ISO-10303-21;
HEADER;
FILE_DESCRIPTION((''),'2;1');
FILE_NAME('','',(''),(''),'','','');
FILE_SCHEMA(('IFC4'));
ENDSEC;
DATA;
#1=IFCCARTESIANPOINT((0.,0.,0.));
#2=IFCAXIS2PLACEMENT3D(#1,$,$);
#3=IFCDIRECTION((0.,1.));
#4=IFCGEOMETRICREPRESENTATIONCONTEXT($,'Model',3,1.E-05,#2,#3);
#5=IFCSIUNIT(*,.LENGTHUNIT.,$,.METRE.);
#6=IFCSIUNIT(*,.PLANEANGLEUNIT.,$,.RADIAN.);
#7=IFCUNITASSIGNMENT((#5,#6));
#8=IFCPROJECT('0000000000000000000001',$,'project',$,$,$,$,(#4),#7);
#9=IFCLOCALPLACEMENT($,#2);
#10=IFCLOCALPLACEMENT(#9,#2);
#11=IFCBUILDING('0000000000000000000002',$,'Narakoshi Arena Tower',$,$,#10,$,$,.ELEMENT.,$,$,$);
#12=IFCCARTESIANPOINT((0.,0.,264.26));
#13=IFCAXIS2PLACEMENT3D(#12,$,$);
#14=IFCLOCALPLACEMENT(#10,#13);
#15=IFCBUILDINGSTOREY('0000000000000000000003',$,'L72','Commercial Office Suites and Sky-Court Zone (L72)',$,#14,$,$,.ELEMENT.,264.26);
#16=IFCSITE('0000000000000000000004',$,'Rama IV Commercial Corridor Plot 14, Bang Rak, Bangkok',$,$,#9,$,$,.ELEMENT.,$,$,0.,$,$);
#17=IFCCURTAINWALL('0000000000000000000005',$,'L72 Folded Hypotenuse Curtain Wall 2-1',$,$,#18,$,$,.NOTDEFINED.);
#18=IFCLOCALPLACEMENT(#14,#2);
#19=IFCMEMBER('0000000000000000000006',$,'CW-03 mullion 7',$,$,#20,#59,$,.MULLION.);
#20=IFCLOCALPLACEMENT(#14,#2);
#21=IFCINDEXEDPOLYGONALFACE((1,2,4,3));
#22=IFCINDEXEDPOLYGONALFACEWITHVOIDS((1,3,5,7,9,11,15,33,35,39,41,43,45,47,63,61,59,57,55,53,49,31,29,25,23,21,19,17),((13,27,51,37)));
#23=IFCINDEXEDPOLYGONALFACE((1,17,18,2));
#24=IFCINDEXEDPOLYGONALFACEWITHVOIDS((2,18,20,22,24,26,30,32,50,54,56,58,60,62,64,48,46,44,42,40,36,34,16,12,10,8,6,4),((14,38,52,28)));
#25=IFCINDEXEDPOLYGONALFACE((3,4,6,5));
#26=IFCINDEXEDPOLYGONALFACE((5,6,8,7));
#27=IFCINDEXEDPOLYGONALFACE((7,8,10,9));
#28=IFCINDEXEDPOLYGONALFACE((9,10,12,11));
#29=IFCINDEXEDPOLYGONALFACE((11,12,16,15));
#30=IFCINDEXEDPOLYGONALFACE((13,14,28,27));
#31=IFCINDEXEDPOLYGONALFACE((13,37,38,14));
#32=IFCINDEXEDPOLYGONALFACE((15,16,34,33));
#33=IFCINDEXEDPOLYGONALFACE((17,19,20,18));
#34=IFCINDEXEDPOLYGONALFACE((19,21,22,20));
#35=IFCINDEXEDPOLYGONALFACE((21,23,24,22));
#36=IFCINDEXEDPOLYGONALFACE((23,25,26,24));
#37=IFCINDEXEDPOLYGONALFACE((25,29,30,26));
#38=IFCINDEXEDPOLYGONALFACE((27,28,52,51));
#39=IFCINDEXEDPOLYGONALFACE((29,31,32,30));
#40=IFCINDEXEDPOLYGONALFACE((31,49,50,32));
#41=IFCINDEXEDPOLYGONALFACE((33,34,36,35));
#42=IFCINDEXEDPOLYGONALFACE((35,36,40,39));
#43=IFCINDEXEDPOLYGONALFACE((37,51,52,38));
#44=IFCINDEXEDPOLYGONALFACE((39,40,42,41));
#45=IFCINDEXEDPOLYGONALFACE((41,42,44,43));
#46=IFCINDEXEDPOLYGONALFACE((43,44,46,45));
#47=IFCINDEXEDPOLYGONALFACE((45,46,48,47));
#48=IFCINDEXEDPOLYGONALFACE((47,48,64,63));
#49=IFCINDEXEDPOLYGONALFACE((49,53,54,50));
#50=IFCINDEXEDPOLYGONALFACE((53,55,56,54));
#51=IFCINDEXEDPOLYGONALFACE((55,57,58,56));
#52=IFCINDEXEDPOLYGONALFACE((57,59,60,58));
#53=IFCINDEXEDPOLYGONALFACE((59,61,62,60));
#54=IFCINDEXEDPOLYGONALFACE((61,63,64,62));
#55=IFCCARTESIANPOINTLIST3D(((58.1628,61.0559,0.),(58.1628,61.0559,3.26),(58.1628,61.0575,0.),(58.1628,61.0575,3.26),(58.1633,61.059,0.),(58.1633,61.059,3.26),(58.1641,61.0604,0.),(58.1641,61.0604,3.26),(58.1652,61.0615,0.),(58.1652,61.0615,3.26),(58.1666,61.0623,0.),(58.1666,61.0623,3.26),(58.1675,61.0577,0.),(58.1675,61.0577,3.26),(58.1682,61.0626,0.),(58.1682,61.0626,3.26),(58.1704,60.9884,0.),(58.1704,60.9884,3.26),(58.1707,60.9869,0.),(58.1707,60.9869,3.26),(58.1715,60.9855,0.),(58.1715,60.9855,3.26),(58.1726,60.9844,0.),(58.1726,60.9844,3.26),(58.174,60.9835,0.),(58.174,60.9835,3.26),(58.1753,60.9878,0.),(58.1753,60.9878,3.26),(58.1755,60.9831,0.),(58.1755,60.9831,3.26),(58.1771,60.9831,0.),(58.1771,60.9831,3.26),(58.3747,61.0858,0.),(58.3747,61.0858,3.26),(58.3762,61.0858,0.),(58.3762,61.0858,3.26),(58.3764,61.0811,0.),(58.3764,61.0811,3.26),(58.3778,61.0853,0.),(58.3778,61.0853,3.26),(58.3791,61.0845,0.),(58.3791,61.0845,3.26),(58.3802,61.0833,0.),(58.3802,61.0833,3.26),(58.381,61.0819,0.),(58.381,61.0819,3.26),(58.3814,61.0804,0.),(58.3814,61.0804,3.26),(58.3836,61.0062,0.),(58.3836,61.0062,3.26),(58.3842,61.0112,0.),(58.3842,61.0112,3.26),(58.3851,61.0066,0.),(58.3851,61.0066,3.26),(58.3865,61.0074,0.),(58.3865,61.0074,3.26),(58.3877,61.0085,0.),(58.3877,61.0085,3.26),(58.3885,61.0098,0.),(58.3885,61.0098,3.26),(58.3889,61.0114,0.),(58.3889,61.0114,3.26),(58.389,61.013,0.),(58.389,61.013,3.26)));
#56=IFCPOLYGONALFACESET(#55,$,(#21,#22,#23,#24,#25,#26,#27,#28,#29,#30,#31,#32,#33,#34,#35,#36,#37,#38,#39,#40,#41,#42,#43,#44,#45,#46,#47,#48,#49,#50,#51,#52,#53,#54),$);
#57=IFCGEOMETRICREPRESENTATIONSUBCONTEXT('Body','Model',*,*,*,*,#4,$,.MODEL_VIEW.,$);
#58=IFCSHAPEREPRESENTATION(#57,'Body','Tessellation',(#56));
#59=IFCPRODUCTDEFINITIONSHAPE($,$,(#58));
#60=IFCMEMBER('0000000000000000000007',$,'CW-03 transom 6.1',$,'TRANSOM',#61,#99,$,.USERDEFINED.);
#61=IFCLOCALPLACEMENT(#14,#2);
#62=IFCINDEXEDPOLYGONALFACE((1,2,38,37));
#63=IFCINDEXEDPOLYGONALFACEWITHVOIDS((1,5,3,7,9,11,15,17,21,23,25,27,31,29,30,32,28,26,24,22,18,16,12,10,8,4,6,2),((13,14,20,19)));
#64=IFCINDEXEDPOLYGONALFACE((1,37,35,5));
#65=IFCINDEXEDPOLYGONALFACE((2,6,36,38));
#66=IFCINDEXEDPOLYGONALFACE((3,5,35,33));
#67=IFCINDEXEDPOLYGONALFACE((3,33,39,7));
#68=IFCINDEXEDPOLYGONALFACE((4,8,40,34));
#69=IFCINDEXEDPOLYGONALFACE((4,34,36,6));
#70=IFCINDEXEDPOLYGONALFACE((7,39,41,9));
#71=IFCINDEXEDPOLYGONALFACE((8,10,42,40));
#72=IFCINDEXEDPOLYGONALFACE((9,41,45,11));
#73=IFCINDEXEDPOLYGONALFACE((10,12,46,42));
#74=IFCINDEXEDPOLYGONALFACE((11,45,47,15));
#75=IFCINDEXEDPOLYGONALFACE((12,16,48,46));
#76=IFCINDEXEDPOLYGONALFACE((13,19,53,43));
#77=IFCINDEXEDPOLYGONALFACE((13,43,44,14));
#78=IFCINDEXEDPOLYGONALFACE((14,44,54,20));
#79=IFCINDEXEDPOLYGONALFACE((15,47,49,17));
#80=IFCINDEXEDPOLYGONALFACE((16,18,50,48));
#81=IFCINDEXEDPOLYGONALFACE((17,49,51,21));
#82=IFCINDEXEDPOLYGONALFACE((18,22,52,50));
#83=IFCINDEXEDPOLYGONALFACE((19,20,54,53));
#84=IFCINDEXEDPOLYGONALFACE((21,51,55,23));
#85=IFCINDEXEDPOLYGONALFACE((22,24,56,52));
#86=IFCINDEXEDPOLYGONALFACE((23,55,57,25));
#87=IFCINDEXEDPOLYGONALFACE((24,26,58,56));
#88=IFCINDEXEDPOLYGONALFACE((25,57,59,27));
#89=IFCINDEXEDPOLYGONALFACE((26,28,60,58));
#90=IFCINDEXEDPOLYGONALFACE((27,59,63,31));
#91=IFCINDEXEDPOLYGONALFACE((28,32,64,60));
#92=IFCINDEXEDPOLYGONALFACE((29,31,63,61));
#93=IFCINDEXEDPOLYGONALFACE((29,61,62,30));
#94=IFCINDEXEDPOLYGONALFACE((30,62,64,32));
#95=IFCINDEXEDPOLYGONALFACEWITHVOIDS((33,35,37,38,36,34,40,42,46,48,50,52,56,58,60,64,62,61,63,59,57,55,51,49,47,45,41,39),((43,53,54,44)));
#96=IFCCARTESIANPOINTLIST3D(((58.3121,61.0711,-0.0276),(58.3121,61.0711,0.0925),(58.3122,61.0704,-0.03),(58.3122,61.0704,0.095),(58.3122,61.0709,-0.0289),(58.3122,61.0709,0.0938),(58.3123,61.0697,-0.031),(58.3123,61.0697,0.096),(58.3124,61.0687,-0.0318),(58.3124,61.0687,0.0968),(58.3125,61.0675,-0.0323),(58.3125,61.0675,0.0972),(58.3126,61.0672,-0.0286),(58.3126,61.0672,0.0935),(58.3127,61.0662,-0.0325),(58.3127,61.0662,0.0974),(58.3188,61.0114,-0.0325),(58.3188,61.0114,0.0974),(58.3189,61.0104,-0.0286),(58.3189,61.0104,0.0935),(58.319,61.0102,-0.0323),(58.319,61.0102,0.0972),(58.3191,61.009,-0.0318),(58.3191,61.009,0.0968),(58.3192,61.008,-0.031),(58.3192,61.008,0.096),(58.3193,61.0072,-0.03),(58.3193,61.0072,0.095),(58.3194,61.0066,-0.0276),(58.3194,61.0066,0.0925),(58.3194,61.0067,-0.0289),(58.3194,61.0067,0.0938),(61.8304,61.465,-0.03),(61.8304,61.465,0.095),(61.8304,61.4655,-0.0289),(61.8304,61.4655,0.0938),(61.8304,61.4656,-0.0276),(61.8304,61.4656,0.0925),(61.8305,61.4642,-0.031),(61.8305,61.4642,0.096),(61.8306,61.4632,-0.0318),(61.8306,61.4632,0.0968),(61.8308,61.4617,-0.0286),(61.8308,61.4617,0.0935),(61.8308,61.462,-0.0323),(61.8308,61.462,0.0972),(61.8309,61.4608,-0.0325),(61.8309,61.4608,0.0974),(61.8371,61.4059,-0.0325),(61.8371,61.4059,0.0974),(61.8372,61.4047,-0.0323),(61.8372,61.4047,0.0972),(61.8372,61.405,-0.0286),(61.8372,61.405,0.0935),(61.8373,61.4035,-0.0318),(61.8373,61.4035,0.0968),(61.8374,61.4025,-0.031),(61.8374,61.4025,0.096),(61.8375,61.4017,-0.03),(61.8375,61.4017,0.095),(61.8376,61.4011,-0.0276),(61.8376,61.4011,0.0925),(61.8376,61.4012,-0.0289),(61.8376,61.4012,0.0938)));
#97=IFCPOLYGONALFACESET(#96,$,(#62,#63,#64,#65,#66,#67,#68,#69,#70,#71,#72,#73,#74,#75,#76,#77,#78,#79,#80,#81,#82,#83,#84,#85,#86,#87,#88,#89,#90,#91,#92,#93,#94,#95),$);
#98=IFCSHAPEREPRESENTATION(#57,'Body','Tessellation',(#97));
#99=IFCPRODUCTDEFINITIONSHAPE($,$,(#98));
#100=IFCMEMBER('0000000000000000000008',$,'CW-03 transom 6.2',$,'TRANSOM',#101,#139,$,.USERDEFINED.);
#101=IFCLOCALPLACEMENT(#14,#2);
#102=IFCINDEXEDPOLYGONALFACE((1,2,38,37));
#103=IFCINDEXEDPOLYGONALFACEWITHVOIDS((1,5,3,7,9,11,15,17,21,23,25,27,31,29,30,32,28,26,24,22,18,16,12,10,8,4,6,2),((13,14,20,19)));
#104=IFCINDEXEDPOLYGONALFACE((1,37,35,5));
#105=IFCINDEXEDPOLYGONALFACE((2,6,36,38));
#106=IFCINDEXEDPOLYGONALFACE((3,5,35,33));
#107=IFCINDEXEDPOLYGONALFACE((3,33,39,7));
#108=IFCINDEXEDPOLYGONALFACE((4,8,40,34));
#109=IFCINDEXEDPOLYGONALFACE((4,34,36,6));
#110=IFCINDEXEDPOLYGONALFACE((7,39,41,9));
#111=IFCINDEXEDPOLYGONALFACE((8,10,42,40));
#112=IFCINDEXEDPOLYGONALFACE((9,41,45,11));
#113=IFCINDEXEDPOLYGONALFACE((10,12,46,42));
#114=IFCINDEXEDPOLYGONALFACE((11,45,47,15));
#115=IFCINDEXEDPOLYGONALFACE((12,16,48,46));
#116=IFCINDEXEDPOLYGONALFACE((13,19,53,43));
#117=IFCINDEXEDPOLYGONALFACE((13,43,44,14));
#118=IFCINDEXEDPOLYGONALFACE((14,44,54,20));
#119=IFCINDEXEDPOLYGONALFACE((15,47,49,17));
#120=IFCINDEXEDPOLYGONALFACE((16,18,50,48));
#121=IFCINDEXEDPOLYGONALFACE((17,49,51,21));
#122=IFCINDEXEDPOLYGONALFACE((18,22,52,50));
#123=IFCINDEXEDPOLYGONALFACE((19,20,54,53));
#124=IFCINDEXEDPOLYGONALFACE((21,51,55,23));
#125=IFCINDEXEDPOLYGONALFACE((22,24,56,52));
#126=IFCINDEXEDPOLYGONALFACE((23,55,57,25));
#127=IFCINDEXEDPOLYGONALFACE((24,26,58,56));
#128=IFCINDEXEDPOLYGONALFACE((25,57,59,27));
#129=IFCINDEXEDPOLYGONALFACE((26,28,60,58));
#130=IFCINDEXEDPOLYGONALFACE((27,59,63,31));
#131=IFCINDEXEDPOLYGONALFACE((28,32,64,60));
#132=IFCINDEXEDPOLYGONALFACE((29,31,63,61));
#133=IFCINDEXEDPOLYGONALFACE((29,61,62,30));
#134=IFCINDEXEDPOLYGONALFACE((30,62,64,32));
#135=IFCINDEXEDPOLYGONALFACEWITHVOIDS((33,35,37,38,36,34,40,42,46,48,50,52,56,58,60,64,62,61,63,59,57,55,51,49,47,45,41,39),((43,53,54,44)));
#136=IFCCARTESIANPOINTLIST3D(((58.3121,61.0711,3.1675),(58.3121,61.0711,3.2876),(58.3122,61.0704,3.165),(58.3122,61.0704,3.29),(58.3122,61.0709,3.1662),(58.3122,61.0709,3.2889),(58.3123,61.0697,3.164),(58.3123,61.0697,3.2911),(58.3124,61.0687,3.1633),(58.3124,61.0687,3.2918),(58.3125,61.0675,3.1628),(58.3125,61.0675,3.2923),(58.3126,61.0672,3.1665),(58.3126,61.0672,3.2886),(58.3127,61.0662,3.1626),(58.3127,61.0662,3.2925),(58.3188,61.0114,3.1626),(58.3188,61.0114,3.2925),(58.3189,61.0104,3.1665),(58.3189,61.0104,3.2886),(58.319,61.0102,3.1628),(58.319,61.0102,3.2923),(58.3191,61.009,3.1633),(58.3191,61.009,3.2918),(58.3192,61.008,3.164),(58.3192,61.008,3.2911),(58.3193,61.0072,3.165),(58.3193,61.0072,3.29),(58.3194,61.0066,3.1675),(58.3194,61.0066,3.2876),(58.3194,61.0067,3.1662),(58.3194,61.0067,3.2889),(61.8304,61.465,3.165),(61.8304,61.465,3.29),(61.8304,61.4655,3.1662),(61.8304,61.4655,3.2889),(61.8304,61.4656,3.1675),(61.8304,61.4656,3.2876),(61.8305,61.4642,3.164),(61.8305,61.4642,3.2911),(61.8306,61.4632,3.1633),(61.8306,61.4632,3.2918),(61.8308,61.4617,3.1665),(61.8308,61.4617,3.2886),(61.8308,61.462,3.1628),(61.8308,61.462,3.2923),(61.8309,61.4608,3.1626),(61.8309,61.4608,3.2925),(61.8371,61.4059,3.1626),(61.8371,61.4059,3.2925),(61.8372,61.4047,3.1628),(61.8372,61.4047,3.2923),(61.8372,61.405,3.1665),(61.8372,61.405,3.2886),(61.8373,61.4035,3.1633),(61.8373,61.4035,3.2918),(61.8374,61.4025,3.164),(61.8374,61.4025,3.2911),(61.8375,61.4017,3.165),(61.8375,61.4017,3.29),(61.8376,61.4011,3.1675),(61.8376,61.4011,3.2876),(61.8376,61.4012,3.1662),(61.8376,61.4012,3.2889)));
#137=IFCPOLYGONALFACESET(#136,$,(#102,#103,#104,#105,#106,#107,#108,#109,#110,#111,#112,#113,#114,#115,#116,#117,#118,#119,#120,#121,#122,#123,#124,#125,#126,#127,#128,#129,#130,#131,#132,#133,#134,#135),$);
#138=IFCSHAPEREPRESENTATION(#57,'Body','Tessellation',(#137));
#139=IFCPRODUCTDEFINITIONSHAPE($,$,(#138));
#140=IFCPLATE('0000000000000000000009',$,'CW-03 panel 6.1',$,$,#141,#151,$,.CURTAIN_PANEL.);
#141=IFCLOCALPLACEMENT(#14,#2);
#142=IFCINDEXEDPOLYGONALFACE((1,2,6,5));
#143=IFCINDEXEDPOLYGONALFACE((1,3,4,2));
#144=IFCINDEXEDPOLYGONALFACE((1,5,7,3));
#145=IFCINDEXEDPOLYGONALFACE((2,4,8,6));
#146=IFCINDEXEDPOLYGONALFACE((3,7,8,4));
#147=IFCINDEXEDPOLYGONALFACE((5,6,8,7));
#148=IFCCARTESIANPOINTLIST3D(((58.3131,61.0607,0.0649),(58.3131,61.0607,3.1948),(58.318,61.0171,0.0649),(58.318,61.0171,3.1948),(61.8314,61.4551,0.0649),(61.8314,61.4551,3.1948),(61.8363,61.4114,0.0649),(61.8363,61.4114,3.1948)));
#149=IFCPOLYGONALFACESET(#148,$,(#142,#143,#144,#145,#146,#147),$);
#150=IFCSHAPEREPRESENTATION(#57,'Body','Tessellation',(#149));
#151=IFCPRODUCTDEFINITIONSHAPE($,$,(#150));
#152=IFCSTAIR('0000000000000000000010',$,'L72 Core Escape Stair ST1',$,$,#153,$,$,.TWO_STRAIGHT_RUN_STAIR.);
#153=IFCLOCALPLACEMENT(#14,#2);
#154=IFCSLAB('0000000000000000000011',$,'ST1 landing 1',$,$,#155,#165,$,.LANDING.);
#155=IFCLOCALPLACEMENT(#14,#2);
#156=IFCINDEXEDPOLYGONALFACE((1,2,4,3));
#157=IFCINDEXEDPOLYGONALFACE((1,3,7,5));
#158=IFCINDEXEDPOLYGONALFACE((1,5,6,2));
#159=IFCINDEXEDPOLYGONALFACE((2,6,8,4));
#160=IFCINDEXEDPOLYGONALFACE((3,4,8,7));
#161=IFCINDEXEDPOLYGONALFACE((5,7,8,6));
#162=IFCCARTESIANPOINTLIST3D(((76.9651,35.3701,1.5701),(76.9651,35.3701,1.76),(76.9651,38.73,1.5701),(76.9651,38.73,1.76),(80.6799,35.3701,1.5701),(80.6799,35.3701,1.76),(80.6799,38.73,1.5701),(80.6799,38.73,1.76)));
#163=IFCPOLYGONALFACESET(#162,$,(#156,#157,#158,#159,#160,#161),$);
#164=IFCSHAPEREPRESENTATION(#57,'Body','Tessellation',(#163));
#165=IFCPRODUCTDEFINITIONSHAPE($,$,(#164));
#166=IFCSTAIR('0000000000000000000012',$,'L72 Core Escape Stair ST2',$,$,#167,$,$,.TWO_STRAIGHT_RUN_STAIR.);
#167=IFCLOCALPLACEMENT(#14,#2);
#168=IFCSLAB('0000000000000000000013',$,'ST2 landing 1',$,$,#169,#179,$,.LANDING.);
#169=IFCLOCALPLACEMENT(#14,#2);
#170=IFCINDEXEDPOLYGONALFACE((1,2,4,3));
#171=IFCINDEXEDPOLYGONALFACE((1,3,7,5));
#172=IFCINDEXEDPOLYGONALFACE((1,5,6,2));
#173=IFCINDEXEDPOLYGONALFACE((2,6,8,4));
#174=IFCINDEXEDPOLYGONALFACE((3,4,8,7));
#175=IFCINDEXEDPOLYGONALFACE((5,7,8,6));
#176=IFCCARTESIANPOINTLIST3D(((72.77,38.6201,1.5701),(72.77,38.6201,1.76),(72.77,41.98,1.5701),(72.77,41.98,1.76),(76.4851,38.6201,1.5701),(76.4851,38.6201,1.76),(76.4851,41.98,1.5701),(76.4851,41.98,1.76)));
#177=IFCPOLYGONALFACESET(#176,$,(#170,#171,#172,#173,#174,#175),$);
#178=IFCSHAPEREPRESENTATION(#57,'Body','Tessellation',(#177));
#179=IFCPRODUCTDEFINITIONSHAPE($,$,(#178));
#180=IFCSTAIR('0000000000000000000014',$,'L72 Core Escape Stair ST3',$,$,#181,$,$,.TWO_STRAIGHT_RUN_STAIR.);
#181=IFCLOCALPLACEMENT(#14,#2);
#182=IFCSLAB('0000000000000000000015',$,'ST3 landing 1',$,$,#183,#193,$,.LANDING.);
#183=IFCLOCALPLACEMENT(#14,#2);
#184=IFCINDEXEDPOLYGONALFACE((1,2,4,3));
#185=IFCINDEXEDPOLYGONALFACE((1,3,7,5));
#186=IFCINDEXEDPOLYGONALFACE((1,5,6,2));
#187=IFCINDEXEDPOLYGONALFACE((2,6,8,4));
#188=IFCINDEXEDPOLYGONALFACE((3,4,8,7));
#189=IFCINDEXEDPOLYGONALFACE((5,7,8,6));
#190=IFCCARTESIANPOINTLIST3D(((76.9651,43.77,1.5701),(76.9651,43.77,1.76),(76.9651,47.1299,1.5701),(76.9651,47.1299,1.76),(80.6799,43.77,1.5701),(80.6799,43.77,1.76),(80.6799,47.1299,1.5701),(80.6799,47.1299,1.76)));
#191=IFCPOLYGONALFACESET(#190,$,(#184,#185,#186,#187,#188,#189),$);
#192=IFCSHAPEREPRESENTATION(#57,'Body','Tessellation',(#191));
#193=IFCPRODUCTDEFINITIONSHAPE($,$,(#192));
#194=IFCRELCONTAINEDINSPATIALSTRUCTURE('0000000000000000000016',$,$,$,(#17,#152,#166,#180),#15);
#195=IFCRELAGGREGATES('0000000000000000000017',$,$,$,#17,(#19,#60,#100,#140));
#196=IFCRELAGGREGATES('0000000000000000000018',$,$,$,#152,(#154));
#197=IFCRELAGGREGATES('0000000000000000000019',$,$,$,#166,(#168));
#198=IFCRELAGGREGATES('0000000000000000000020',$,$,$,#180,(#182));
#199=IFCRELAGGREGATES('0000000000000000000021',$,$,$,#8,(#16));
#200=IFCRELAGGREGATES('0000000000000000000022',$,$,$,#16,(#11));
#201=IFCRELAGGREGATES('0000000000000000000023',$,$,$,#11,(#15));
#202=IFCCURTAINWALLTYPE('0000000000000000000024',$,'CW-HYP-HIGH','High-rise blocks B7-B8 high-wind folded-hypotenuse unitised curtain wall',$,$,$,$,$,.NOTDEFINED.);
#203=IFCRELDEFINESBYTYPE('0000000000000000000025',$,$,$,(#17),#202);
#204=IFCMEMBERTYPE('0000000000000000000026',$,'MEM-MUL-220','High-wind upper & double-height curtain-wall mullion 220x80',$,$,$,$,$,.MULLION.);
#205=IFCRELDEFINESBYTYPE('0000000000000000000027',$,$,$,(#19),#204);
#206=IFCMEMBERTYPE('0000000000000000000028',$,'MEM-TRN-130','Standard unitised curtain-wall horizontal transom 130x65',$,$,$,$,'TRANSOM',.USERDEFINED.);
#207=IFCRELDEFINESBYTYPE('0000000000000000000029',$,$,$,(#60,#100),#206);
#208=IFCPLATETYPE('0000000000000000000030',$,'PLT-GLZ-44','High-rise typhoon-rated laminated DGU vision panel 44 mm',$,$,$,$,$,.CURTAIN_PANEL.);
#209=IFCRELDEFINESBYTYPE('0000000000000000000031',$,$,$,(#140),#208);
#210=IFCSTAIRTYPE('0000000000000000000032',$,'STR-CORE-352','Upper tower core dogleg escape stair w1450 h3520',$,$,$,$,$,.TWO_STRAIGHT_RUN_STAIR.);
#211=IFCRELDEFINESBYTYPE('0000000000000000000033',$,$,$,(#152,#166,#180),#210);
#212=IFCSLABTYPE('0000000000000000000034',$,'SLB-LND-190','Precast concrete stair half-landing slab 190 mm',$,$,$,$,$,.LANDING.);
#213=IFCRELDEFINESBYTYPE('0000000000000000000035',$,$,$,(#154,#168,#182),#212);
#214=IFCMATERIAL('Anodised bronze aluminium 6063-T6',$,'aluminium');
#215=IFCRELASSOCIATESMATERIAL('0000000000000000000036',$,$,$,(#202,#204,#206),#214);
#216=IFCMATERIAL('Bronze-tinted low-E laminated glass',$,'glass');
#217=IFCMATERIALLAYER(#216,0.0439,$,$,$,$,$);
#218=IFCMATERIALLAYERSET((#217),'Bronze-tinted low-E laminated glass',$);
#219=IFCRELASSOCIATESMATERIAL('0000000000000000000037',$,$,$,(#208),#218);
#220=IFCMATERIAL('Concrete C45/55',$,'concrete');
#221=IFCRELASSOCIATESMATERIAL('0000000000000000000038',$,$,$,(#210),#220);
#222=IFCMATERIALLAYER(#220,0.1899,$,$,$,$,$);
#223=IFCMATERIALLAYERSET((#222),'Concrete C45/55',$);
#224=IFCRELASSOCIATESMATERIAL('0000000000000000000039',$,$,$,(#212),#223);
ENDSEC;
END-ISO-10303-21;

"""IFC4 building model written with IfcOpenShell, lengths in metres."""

from ifc_helpers import new_model, si_unit, direction, frame, origin, origin_2d, place, context, subcontext, project, spatial, polyline, rectangle, hollow_rectangle, outline, extrude, material, layer, layer_set, material_profile, profile_set, type_object, element, aggregate, save


model = new_model("IFC4")

# Units and contexts
model_context = context("Model", 3, precision=1e-05, world=origin(), true_north=direction((0.0, 1.0)))
body_context = subcontext(model_context, "Body", "Model", "MODEL_VIEW")
ifc_project = project(units=[si_unit("LENGTHUNIT", "METRE"), si_unit("PLANEANGLEUNIT", "RADIAN")], contexts=[model_context])

# Site, building, storey
site_placement = place(None, origin())
site = spatial("IfcSite", under=ifc_project, at=site_placement, Name="Rama IV Commercial Corridor Plot 14, Bang Rak, Bangkok", CompositionType="ELEMENT", RefElevation=0.0)
building_placement = place(site_placement, origin())
building = spatial("IfcBuilding", under=site, at=building_placement, Name="Narakoshi Arena Tower", CompositionType="ELEMENT")
storey_placement = place(building_placement, frame((0.0, 0.0, 264.26)))
storey = spatial("IfcBuildingStorey", under=building, at=storey_placement, Name="L72", Description="Commercial Office Suites and Sky-Court Zone (L72)", CompositionType="ELEMENT", Elevation=264.26)

# Curtain wall, members, plate
ifc_material_1 = material(Name="Anodised bronze aluminium 6063-T6", Category="aluminium")
curtain_wall_type = type_object("IfcCurtainWallType", Name="CW-HYP-HIGH", Description="High-rise blocks B7-B8 high-wind folded-hypotenuse unitised curtain wall", PredefinedType="NOTDEFINED", material=ifc_material_1)
curtain_wall_placement = place(storey_placement, origin())
curtain_wall = element("IfcCurtainWall", 1, at=curtain_wall_placement, inside=storey, type_object=curtain_wall_type, Name="L72 Folded Hypotenuse Curtain Wall 2-1", PredefinedType="NOTDEFINED")
ifc_material_profile_1 = material_profile(ifc_material_1, hollow_rectangle(XDim=0.0801, YDim=0.22, WallThickness=0.0049, OuterFilletRadius=0.0061, at=origin_2d()), Name="MUL220x80x5")
ifc_profile_set_1 = profile_set([ifc_material_profile_1], Name="Anodised bronze aluminium 6063-T6")
member_type_1 = type_object("IfcMemberType", Name="MEM-MUL-220", Description="High-wind upper & double-height curtain-wall mullion 220x80", PredefinedType="MULLION", material=ifc_profile_set_1)
member_1_placement = place(storey_placement, frame((58.2759, 61.0344, 0.0), z_axis=(0.0, 0.0, 1.0), x_axis=(0.111396, -0.993776, 0.0)))
member_1 = element("IfcMember", 2, at=member_1_placement, type_object=member_type_1, Name="CW-03 mullion 7", PredefinedType="MULLION", context=body_context, shape_type="SweptSolid", body=[
    extrude(hollow_rectangle(XDim=0.0801, YDim=0.22, WallThickness=0.0049, OuterFilletRadius=0.0061, at=origin_2d()), origin(), (0.0, 0.0, 1.0), 3.26),
])
ifc_material_profile_2 = material_profile(ifc_material_1, hollow_rectangle(XDim=0.0649, YDim=0.1299, WallThickness=0.0039, OuterFilletRadius=0.0049, at=origin_2d()), Name="TRN130x65x4")
ifc_profile_set_2 = profile_set([ifc_material_profile_2], Name="Anodised bronze aluminium 6063-T6")
member_type_2 = type_object("IfcMemberType", Name="MEM-TRN-130", Description="Standard unitised curtain-wall horizontal transom 130x65", ElementType="TRANSOM", PredefinedType="USERDEFINED", material=ifc_profile_set_2)
member_2_placement = place(storey_placement, frame((61.834, 61.4333, 0.0325), z_axis=(-0.993771, -0.111438, 0.0), x_axis=(0.111438, -0.993771, 0.0)))
member_2 = element("IfcMember", 3, at=member_2_placement, type_object=member_type_2, Name="CW-03 transom 6.1", ObjectType="TRANSOM", PredefinedType="USERDEFINED", context=body_context, shape_type="SweptSolid", body=[
    extrude(hollow_rectangle(XDim=0.0649, YDim=0.1299, WallThickness=0.0039, OuterFilletRadius=0.0049, at=origin_2d()), origin(), (0.0, 0.0, 1.0), 3.5403),
])
member_3_placement = place(storey_placement, frame((61.834, 61.4333, 3.2275), z_axis=(-0.993771, -0.111438, 0.0), x_axis=(0.111438, -0.993771, 0.0)))
member_3 = element("IfcMember", 4, at=member_3_placement, type_object=member_type_2, Name="CW-03 transom 6.2", ObjectType="TRANSOM", PredefinedType="USERDEFINED", context=body_context, shape_type="SweptSolid", body=[
    extrude(hollow_rectangle(XDim=0.0649, YDim=0.1299, WallThickness=0.0039, OuterFilletRadius=0.0049, at=origin_2d()), origin(), (0.0, 0.0, 1.0), 3.5403),
])
ifc_material_2 = material(Name="Bronze-tinted low-E laminated glass", Category="glass")
ifc_layer_1 = layer(ifc_material_2, 0.0439)
ifc_layer_set_1 = layer_set([ifc_layer_1], Name="Bronze-tinted low-E laminated glass")
plate_type = type_object("IfcPlateType", Name="PLT-GLZ-44", Description="High-rise typhoon-rated laminated DGU vision panel 44 mm", PredefinedType="CURTAIN_PANEL", material=ifc_layer_set_1)
plate_placement = place(storey_placement, frame((60.0747, 61.2361, 0.0649), z_axis=(0.0, 0.0, 1.0), x_axis=(-0.993776, -0.111396, 0.0)))
plate = element("IfcPlate", 5, at=plate_placement, type_object=plate_type, Name="CW-03 panel 6.1", PredefinedType="CURTAIN_PANEL", context=body_context, shape_type="SweptSolid", body=[
    extrude(rectangle(XDim=3.5403, YDim=0.0439, at=origin_2d()), origin(), (0.0, 0.0, 1.0), 3.1299),
])
aggregate(curtain_wall, [member_1, member_2, member_3, plate])

# Stairs, slabs
ifc_material_3 = material(Name="Concrete C45/55", Category="concrete")
stair_type = type_object("IfcStairType", Name="STR-CORE-352", Description="Upper tower core dogleg escape stair w1450 h3520", PredefinedType="TWO_STRAIGHT_RUN_STAIR", material=ifc_material_3)
stair_1_placement = place(storey_placement, origin())
stair_1 = element("IfcStair", 6, at=stair_1_placement, inside=storey, type_object=stair_type, Name="L72 Core Escape Stair ST1", PredefinedType="TWO_STRAIGHT_RUN_STAIR")
ifc_layer_2 = layer(ifc_material_3, 0.1899)
ifc_layer_set_2 = layer_set([ifc_layer_2], Name="Concrete C45/55")
slab_type_1 = type_object("IfcSlabType", Name="SLB-LND-190", Description="Precast concrete stair half-landing slab 190 mm", PredefinedType="LANDING", material=ifc_layer_set_2)
slab_1_placement = place(storey_placement, frame((0.0, 0.0, 1.5701)))
slab_1 = element("IfcSlab", 7, at=slab_1_placement, type_object=slab_type_1, Name="ST1 landing 1", PredefinedType="LANDING", context=body_context, shape_type="SweptSolid", body=[
    extrude(outline(polyline([(76.9651, 35.3701), (80.6799, 35.3701), (80.6799, 38.73), (76.9651, 38.73), (76.9651, 35.3701)])), origin(), (0.0, 0.0, 1.0), 0.1899),
])
aggregate(stair_1, [slab_1])
stair_2_placement = place(storey_placement, origin())
stair_2 = element("IfcStair", 8, at=stair_2_placement, inside=storey, type_object=stair_type, Name="L72 Core Escape Stair ST2", PredefinedType="TWO_STRAIGHT_RUN_STAIR")
slab_2_placement = place(storey_placement, frame((0.0, 0.0, 1.5701)))
slab_2 = element("IfcSlab", 9, at=slab_2_placement, type_object=slab_type_1, Name="ST2 landing 1", PredefinedType="LANDING", context=body_context, shape_type="SweptSolid", body=[
    extrude(outline(polyline([(72.77, 38.6201), (76.4851, 38.6201), (76.4851, 41.98), (72.77, 41.98), (72.77, 38.6201)])), origin(), (0.0, 0.0, 1.0), 0.1899),
])
aggregate(stair_2, [slab_2])
stair_3_placement = place(storey_placement, origin())
stair_3 = element("IfcStair", 10, at=stair_3_placement, inside=storey, type_object=stair_type, Name="L72 Core Escape Stair ST3", PredefinedType="TWO_STRAIGHT_RUN_STAIR")
slab_3_placement = place(storey_placement, frame((0.0, 0.0, 1.5701)))
slab_3 = element("IfcSlab", 11, at=slab_3_placement, type_object=slab_type_1, Name="ST3 landing 1", PredefinedType="LANDING", context=body_context, shape_type="SweptSolid", body=[
    extrude(outline(polyline([(76.9651, 43.77), (80.6799, 43.77), (80.6799, 47.1299), (76.9651, 47.1299), (76.9651, 43.77)])), origin(), (0.0, 0.0, 1.0), 0.1899),
])
aggregate(stair_3, [slab_3])

save(model, "model.ifc")
